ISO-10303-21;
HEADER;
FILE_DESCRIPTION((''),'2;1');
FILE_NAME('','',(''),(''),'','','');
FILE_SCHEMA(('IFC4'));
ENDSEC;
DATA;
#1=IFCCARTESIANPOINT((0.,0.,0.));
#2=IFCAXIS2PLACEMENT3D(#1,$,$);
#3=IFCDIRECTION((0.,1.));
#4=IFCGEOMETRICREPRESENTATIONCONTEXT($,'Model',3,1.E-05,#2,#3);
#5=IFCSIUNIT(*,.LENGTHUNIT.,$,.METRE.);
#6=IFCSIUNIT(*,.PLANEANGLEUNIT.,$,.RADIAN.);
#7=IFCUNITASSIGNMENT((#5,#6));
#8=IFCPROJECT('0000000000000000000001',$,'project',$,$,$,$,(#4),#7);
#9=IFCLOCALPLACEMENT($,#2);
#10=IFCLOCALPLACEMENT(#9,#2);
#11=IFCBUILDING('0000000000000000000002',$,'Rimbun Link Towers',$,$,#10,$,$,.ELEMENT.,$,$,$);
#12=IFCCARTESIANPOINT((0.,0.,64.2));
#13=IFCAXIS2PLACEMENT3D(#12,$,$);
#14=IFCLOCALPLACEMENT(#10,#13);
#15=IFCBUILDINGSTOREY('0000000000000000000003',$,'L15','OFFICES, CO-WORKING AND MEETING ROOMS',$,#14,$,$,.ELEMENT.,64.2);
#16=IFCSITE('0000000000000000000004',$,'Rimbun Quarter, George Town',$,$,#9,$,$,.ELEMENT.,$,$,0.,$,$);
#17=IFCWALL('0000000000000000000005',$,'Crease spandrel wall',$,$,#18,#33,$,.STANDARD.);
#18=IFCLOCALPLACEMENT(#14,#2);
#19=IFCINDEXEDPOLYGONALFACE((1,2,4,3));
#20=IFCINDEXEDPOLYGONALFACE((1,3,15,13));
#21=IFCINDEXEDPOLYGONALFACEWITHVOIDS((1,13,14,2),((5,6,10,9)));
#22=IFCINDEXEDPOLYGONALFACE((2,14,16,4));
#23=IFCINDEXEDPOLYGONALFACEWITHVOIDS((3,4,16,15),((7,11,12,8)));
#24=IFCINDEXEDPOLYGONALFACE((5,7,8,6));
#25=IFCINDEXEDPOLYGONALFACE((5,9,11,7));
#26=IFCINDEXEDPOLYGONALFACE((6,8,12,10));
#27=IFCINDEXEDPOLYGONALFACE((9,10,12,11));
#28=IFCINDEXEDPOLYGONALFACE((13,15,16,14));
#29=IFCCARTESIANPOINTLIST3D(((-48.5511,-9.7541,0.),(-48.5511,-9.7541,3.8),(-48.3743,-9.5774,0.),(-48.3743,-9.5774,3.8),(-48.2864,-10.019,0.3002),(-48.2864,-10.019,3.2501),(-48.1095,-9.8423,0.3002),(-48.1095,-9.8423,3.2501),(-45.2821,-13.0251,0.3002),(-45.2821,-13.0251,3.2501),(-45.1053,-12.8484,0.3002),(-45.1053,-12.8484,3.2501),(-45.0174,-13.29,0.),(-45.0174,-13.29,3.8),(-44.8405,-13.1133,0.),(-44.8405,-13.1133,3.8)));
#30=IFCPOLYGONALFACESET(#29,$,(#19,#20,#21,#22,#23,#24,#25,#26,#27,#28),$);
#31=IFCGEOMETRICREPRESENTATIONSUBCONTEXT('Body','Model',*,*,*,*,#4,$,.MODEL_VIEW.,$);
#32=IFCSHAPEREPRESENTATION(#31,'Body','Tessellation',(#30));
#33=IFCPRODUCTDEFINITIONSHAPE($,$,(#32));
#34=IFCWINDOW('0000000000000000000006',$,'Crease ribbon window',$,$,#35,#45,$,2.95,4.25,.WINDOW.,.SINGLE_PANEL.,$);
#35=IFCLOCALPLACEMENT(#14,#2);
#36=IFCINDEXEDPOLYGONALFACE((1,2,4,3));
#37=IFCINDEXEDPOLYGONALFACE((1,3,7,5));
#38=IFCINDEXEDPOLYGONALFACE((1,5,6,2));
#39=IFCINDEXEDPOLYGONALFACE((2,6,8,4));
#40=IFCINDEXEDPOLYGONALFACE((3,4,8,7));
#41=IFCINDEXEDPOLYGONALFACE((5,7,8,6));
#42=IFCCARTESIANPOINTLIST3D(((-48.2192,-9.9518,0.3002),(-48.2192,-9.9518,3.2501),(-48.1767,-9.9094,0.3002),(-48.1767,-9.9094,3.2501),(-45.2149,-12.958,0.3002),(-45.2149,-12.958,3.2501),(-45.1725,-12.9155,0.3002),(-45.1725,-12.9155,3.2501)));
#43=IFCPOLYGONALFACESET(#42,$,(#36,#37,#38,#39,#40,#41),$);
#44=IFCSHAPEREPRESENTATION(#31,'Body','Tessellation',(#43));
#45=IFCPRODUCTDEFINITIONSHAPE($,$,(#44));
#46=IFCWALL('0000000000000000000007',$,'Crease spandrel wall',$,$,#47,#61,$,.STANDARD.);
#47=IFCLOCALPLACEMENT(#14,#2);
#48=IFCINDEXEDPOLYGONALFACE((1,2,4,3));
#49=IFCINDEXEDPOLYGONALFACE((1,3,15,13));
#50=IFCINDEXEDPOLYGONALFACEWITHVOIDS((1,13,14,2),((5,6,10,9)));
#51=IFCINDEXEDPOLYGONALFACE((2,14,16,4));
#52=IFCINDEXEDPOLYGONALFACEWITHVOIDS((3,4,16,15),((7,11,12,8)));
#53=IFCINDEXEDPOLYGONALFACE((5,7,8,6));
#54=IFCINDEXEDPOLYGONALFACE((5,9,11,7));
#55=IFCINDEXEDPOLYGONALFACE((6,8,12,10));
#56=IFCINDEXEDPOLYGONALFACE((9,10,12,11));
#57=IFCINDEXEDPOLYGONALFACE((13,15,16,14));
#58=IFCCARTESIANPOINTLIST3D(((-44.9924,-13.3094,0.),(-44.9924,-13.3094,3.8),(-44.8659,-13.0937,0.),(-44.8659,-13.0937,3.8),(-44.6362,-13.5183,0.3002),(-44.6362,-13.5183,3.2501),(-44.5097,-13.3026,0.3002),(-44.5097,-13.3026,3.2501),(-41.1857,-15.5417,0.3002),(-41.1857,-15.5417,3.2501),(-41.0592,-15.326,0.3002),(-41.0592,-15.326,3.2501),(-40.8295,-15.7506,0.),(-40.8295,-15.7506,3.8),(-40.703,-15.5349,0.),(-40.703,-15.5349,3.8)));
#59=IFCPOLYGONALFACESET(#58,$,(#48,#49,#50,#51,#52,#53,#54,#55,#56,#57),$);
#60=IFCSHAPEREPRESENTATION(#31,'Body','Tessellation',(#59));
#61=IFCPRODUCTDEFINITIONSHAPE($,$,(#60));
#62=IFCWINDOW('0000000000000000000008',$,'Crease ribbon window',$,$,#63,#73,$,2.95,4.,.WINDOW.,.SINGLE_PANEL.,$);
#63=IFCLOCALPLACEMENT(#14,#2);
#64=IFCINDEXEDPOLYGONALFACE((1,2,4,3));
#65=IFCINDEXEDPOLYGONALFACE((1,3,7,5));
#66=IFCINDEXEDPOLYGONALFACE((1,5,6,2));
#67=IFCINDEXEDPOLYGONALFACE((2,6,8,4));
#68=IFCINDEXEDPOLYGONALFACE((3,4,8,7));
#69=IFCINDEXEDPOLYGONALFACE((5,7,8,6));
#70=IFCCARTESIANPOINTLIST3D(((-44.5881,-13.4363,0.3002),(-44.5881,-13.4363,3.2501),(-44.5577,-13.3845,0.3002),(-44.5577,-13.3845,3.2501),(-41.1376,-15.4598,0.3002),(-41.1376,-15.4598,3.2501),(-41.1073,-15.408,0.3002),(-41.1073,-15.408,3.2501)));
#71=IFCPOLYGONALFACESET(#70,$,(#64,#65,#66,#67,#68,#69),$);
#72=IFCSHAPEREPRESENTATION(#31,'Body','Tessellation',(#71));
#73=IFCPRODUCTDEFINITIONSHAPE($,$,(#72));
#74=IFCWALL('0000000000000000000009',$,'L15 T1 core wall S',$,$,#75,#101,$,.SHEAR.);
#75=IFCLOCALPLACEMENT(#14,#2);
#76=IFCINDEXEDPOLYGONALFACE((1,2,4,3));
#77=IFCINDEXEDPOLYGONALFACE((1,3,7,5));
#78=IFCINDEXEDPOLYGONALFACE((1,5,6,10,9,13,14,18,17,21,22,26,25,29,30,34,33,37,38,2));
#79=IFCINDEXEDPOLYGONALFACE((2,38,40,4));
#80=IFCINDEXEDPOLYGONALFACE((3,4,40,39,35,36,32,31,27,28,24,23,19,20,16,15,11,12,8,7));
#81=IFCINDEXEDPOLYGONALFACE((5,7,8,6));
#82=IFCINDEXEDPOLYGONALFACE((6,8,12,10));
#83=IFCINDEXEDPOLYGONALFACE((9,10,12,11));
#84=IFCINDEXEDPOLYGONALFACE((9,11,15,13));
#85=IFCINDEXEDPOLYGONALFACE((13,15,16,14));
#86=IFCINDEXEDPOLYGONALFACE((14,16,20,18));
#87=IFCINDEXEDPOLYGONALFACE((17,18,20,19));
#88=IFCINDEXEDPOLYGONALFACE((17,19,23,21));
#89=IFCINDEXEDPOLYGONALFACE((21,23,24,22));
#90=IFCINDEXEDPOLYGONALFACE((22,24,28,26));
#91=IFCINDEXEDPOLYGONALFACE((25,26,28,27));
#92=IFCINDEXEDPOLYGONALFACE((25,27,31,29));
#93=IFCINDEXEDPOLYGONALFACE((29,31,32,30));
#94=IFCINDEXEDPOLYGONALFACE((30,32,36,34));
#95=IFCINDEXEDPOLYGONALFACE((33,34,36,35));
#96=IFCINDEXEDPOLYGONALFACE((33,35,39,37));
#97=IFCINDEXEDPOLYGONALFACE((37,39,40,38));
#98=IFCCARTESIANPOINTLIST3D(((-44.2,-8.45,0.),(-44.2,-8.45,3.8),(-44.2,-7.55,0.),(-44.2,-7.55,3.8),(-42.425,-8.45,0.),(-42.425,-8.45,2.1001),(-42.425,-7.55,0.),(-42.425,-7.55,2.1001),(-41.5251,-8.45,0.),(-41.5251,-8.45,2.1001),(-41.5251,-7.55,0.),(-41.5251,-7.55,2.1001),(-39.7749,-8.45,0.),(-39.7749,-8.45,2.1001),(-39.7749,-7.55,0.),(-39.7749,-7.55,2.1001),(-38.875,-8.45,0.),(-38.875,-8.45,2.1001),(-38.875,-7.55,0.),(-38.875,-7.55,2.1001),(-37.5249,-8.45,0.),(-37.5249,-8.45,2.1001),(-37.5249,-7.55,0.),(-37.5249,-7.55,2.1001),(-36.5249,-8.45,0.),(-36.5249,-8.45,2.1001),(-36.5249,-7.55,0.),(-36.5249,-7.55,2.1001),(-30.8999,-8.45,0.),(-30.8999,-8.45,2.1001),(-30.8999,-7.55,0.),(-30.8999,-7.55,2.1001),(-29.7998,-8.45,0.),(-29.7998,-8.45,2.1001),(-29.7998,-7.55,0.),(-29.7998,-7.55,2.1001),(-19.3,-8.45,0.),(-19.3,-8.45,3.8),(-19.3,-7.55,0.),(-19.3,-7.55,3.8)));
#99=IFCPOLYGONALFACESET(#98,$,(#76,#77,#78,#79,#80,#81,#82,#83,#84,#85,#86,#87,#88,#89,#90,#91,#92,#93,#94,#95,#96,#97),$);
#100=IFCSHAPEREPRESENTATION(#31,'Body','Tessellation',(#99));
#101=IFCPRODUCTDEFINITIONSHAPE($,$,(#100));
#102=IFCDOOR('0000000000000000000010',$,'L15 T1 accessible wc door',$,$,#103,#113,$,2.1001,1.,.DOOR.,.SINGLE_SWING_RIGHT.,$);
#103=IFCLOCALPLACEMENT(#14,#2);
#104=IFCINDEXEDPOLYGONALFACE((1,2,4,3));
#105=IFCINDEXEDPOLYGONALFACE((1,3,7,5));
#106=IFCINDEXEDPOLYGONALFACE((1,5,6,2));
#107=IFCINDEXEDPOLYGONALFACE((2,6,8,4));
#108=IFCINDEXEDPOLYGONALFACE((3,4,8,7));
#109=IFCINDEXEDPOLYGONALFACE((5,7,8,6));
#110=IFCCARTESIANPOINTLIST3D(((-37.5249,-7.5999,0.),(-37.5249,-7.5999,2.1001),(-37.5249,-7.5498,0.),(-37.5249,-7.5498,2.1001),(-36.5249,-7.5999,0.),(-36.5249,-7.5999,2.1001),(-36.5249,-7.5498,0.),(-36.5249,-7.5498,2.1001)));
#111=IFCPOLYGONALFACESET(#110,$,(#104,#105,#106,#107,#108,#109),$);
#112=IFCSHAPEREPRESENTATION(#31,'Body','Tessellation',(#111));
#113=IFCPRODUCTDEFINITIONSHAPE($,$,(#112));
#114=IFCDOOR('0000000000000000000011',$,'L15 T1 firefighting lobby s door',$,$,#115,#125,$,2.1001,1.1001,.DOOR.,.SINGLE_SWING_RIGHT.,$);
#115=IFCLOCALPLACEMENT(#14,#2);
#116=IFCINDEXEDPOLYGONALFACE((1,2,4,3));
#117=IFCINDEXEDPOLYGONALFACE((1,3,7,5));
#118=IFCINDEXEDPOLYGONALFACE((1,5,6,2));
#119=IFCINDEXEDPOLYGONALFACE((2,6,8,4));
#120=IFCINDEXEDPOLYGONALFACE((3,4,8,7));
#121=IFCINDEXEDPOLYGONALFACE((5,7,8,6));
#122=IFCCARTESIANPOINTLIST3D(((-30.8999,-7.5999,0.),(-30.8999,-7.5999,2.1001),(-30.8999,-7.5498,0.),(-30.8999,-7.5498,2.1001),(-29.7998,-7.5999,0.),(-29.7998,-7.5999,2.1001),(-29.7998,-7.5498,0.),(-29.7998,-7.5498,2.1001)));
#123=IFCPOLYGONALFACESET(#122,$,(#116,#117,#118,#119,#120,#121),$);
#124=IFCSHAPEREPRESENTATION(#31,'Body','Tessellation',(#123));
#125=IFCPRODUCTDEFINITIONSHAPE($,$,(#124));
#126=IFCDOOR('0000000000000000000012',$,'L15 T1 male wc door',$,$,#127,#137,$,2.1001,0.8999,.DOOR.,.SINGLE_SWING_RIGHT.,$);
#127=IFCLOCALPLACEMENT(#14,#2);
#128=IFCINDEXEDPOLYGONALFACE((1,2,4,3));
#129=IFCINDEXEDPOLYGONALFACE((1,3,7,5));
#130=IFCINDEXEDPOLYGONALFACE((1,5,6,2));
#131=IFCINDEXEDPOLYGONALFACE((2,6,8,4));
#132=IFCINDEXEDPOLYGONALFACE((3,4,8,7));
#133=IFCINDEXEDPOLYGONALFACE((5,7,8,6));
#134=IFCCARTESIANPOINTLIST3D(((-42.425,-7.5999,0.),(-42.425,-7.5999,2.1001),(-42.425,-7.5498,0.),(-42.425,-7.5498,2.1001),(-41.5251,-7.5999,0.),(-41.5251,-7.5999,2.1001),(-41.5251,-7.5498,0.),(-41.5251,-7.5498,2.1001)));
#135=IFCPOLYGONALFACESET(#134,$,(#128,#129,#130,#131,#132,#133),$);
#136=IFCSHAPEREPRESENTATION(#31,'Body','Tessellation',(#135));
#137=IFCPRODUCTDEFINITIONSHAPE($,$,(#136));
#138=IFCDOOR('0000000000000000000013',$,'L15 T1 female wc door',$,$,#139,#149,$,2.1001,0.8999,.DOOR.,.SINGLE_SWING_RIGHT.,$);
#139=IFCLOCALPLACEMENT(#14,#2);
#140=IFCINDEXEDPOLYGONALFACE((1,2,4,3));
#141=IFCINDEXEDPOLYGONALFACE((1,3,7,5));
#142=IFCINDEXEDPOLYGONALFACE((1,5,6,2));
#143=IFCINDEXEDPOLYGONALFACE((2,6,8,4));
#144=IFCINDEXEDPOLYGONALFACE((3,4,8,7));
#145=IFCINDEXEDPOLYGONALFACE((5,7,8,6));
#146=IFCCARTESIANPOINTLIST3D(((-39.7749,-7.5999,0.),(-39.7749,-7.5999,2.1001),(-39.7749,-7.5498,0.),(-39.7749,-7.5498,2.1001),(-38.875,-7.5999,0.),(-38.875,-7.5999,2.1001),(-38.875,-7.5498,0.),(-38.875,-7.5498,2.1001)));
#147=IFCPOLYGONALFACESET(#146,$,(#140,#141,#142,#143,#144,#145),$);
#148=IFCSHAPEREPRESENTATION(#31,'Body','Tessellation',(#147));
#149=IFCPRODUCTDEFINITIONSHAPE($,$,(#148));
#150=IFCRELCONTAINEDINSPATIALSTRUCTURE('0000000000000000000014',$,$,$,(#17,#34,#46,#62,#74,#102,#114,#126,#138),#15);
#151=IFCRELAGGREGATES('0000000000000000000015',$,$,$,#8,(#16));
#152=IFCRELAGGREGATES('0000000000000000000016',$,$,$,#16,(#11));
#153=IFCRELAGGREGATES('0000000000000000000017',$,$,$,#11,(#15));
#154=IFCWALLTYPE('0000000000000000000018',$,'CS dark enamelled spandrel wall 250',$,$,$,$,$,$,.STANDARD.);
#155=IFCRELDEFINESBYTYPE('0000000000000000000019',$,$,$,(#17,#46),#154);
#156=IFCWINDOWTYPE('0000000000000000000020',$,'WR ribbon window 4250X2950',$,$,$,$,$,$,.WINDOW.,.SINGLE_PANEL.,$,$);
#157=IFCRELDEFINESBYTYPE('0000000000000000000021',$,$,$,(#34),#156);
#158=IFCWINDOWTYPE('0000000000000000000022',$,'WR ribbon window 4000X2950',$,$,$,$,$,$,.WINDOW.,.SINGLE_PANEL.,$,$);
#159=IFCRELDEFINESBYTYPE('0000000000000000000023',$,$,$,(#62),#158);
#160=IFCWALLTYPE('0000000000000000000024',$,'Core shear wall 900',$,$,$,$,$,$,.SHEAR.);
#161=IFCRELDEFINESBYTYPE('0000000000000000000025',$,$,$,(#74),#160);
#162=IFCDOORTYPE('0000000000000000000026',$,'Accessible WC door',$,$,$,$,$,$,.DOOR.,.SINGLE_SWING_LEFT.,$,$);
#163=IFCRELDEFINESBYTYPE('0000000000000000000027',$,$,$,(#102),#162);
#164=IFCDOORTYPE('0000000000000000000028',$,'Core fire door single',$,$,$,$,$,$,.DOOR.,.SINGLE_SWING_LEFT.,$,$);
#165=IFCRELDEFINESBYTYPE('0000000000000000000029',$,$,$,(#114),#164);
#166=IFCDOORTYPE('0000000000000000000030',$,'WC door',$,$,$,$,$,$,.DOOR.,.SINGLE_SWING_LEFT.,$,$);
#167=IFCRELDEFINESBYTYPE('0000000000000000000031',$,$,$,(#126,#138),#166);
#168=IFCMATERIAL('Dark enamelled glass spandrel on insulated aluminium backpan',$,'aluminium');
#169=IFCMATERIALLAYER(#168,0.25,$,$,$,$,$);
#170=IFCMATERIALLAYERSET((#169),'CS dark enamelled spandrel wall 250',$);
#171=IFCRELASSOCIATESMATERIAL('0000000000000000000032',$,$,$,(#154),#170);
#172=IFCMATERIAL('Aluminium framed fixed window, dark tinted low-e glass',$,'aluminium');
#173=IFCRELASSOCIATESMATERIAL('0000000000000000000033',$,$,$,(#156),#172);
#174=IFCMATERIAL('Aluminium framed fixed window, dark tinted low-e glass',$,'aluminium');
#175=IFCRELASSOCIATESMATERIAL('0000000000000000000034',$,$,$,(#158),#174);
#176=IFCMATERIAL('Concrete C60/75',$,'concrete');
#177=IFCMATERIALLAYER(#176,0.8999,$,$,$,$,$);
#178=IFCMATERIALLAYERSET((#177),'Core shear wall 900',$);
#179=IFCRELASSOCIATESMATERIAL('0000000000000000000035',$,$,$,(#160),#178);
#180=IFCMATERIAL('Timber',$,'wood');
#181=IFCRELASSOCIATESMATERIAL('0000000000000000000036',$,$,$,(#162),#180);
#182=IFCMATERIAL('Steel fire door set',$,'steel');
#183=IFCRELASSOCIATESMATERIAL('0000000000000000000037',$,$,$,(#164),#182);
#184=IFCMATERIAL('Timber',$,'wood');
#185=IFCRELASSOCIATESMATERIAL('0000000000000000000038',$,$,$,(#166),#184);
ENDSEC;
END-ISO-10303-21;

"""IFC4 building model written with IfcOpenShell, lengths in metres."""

from ifc_helpers import new_model, si_unit, direction, frame, frame_2d, origin, place, context, subcontext, project, spatial, rectangle, extrude, material, layer, layer_set, type_object, element, fill, save


model = new_model("IFC4")

# Units and contexts
model_context = context("Model", 3, precision=1e-05, world=origin(), true_north=direction((0.0, 1.0)))
body_context = subcontext(model_context, "Body", "Model", "MODEL_VIEW")
ifc_project = project(units=[si_unit("LENGTHUNIT", "METRE"), si_unit("PLANEANGLEUNIT", "RADIAN")], contexts=[model_context])

# Site, building, storey
site_placement = place(None, origin())
site = spatial("IfcSite", under=ifc_project, at=site_placement, Name="Rimbun Quarter, George Town", CompositionType="ELEMENT", RefElevation=0.0)
building_placement = place(site_placement, origin())
building = spatial("IfcBuilding", under=site, at=building_placement, Name="Rimbun Link Towers", CompositionType="ELEMENT")
storey_placement = place(building_placement, frame((0.0, 0.0, 64.2)))
storey = spatial("IfcBuildingStorey", under=building, at=storey_placement, Name="L15", Description="OFFICES, CO-WORKING AND MEETING ROOMS", CompositionType="ELEMENT", Elevation=64.2)

# Walls, openings, windows
ifc_material_1 = material(Name="Dark enamelled glass spandrel on insulated aluminium backpan", Category="aluminium")
ifc_layer_1 = layer(ifc_material_1, 0.25)
ifc_layer_set_1 = layer_set([ifc_layer_1], Name="CS dark enamelled spandrel wall 250")
wall_type_1 = type_object("IfcWallType", Name="CS dark enamelled spandrel wall 250", PredefinedType="STANDARD", material=ifc_layer_set_1)
wall_1_placement = place(storey_placement, frame((-44.929, -13.2017, 0.0), z_axis=(0.0, 0.0, 1.0), x_axis=(-0.706887, 0.707327, 0.0)))
wall_1 = element("IfcWall", 1, at=wall_1_placement, inside=storey, type_object=wall_type_1, Name="Crease spandrel wall", PredefinedType="STANDARD", context=body_context, shape_type="SweptSolid", body=[
    extrude(rectangle(XDim=4.999, YDim=0.25, at=frame_2d((2.4995, 0.0))), origin(), (0.0, 0.0, 1.0), 3.8),
])
opening_1_placement = place(wall_1_placement, frame((0.3745, 0.0, 0.3)))
opening_1 = element("IfcOpeningElement", 2, at=opening_1_placement, cuts=wall_1, PredefinedType="OPENING", context=body_context, shape_type="SweptSolid", body=[
    extrude(rectangle(XDim=4.25, YDim=2.95, at=frame_2d((2.125, 1.4751))), frame((0.0, 0.135, 0.0), z_axis=(0.0, -1.0, 0.0), x_axis=(1.0, 0.0, 0.0)), (0.0, 0.0, 1.0), 0.27),
])
ifc_material_2 = material(Name="Aluminium framed fixed window, dark tinted low-e glass", Category="aluminium")
window_type_1 = type_object("IfcWindowType", Name="WR ribbon window 4250X2950", PartitioningType="SINGLE_PANEL", PredefinedType="WINDOW", material=ifc_material_2)
window_1_placement = place(opening_1_placement, origin())
window_1 = element("IfcWindow", 3, at=window_1_placement, inside=storey, type_object=window_type_1, Name="Crease ribbon window", OverallHeight=2.95, OverallWidth=4.25, PartitioningType="SINGLE_PANEL", PredefinedType="WINDOW", context=body_context, shape_type="SweptSolid", body=[
    extrude(rectangle(XDim=4.25, YDim=2.95, at=frame_2d((2.125, 1.4751))), frame((0.0, 0.03, 0.0), z_axis=(0.0, -1.0, 0.0), x_axis=(1.0, 0.0, 0.0)), (0.0, 0.0, 1.0), 0.0601),
])
fill(opening_1, window_1)
wall_2_placement = place(storey_placement, frame((-40.7661, -15.6428, 0.0), z_axis=(0.0, 0.0, 1.0), x_axis=(-0.862619, 0.505855, 0.0)))
wall_2 = element("IfcWall", 4, at=wall_2_placement, inside=storey, type_object=wall_type_1, Name="Crease spandrel wall", PredefinedType="STANDARD", context=body_context, shape_type="SweptSolid", body=[
    extrude(rectangle(XDim=4.8259, YDim=0.25, at=frame_2d((2.4131, 0.0))), origin(), (0.0, 0.0, 1.0), 3.8),
])
opening_2_placement = place(wall_2_placement, frame((0.4131, 0.0, 0.3)))
opening_2 = element("IfcOpeningElement", 5, at=opening_2_placement, cuts=wall_2, PredefinedType="OPENING", context=body_context, shape_type="SweptSolid", body=[
    extrude(rectangle(XDim=4.0, YDim=2.95, at=frame_2d((2.0, 1.4751))), frame((0.0, 0.135, 0.0), z_axis=(0.0, -1.0, 0.0), x_axis=(1.0, 0.0, 0.0)), (0.0, 0.0, 1.0), 0.27),
])
ifc_material_3 = material(Name="Aluminium framed fixed window, dark tinted low-e glass", Category="aluminium")
window_type_2 = type_object("IfcWindowType", Name="WR ribbon window 4000X2950", PartitioningType="SINGLE_PANEL", PredefinedType="WINDOW", material=ifc_material_3)
window_2_placement = place(opening_2_placement, origin())
window_2 = element("IfcWindow", 6, at=window_2_placement, inside=storey, type_object=window_type_2, Name="Crease ribbon window", OverallHeight=2.95, OverallWidth=4.0, PartitioningType="SINGLE_PANEL", PredefinedType="WINDOW", context=body_context, shape_type="SweptSolid", body=[
    extrude(rectangle(XDim=4.0, YDim=2.95, at=frame_2d((2.0, 1.4751))), frame((0.0, 0.03, 0.0), z_axis=(0.0, -1.0, 0.0), x_axis=(1.0, 0.0, 0.0)), (0.0, 0.0, 1.0), 0.0601),
])
fill(opening_2, window_2)

# Wall, openings, doors
ifc_material_4 = material(Name="Concrete C60/75", Category="concrete")
ifc_layer_2 = layer(ifc_material_4, 0.8999)
ifc_layer_set_2 = layer_set([ifc_layer_2], Name="Core shear wall 900")
wall_type_2 = type_object("IfcWallType", Name="Core shear wall 900", PredefinedType="SHEAR", material=ifc_layer_set_2)
wall_3_placement = place(storey_placement, frame((-44.2, -8.0, 0.0), z_axis=(0.0, 0.0, 1.0), x_axis=(1.0, 0.0, 0.0)))
wall_3 = element("IfcWall", 7, at=wall_3_placement, inside=storey, type_object=wall_type_2, Name="L15 T1 core wall S", PredefinedType="SHEAR", context=body_context, shape_type="SweptSolid", body=[
    extrude(rectangle(XDim=24.8999, YDim=0.8999, at=frame_2d((12.45, 0.0))), origin(), (0.0, 0.0, 1.0), 3.8),
])
opening_3_placement = place(wall_3_placement, frame((13.3, 0.0, 0.0)))
opening_3 = element("IfcOpeningElement", 8, at=opening_3_placement, cuts=wall_3, PredefinedType="OPENING", context=body_context, shape_type="SweptSolid", body=[
    extrude(rectangle(XDim=1.1001, YDim=2.1001, at=frame_2d((0.55, 1.05))), frame((0.0, 0.46, 0.0), z_axis=(0.0, -1.0, 0.0), x_axis=(1.0, 0.0, 0.0)), (0.0, 0.0, 1.0), 0.9199),
])
opening_4_placement = place(wall_3_placement, frame((1.7749, 0.0, 0.0)))
opening_4 = element("IfcOpeningElement", 9, at=opening_4_placement, cuts=wall_3, PredefinedType="OPENING", context=body_context, shape_type="SweptSolid", body=[
    extrude(rectangle(XDim=0.8999, YDim=2.1001, at=frame_2d((0.45, 1.05))), frame((0.0, 0.46, 0.0), z_axis=(0.0, -1.0, 0.0), x_axis=(1.0, 0.0, 0.0)), (0.0, 0.0, 1.0), 0.9199),
])
opening_5_placement = place(wall_3_placement, frame((4.425, 0.0, 0.0)))
opening_5 = element("IfcOpeningElement", 10, at=opening_5_placement, cuts=wall_3, PredefinedType="OPENING", context=body_context, shape_type="SweptSolid", body=[
    extrude(rectangle(XDim=0.8999, YDim=2.1001, at=frame_2d((0.45, 1.05))), frame((0.0, 0.46, 0.0), z_axis=(0.0, -1.0, 0.0), x_axis=(1.0, 0.0, 0.0)), (0.0, 0.0, 1.0), 0.9199),
])
opening_6_placement = place(wall_3_placement, frame((6.675, 0.0, 0.0)))
opening_6 = element("IfcOpeningElement", 11, at=opening_6_placement, cuts=wall_3, PredefinedType="OPENING", context=body_context, shape_type="SweptSolid", body=[
    extrude(rectangle(XDim=1.0, YDim=2.1001, at=frame_2d((0.5, 1.05))), frame((0.0, 0.46, 0.0), z_axis=(0.0, -1.0, 0.0), x_axis=(1.0, 0.0, 0.0)), (0.0, 0.0, 1.0), 0.9199),
])
ifc_material_5 = material(Name="Timber", Category="wood")
door_type_1 = type_object("IfcDoorType", Name="Accessible WC door", OperationType="SINGLE_SWING_LEFT", PredefinedType="DOOR", material=ifc_material_5)
door_1_placement = place(opening_6_placement, origin())
door_1 = element("IfcDoor", 12, at=door_1_placement, inside=storey, type_object=door_type_1, Name="L15 T1 accessible wc door", OperationType="SINGLE_SWING_RIGHT", OverallHeight=2.1001, OverallWidth=1.0, PredefinedType="DOOR", context=body_context, shape_type="SweptSolid", body=[
    extrude(rectangle(XDim=1.0, YDim=2.1001, at=frame_2d((0.5, 1.05))), frame((0.0, 0.4502, 0.0), z_axis=(0.0, -1.0, 0.0), x_axis=(1.0, 0.0, 0.0)), (0.0, 0.0, 1.0), 0.05),
])
fill(opening_6, door_1)
ifc_material_6 = material(Name="Steel fire door set", Category="steel")
door_type_2 = type_object("IfcDoorType", Name="Core fire door single", OperationType="SINGLE_SWING_LEFT", PredefinedType="DOOR", material=ifc_material_6)
door_2_placement = place(opening_3_placement, origin())
door_2 = element("IfcDoor", 13, at=door_2_placement, inside=storey, type_object=door_type_2, Name="L15 T1 firefighting lobby s door", OperationType="SINGLE_SWING_RIGHT", OverallHeight=2.1001, OverallWidth=1.1001, PredefinedType="DOOR", context=body_context, shape_type="SweptSolid", body=[
    extrude(rectangle(XDim=1.1001, YDim=2.1001, at=frame_2d((0.55, 1.05))), frame((0.0, 0.4502, 0.0), z_axis=(0.0, -1.0, 0.0), x_axis=(1.0, 0.0, 0.0)), (0.0, 0.0, 1.0), 0.05),
])
fill(opening_3, door_2)
ifc_material_7 = material(Name="Timber", Category="wood")
door_type_3 = type_object("IfcDoorType", Name="WC door", OperationType="SINGLE_SWING_LEFT", PredefinedType="DOOR", material=ifc_material_7)
door_3_placement = place(opening_4_placement, origin())
door_3 = element("IfcDoor", 14, at=door_3_placement, inside=storey, type_object=door_type_3, Name="L15 T1 male wc door", OperationType="SINGLE_SWING_RIGHT", OverallHeight=2.1001, OverallWidth=0.8999, PredefinedType="DOOR", context=body_context, shape_type="SweptSolid", body=[
    extrude(rectangle(XDim=0.8999, YDim=2.1001, at=frame_2d((0.45, 1.05))), frame((0.0, 0.4502, 0.0), z_axis=(0.0, -1.0, 0.0), x_axis=(1.0, 0.0, 0.0)), (0.0, 0.0, 1.0), 0.05),
])
fill(opening_4, door_3)
door_4_placement = place(opening_5_placement, origin())
door_4 = element("IfcDoor", 15, at=door_4_placement, inside=storey, type_object=door_type_3, Name="L15 T1 female wc door", OperationType="SINGLE_SWING_RIGHT", OverallHeight=2.1001, OverallWidth=0.8999, PredefinedType="DOOR", context=body_context, shape_type="SweptSolid", body=[
    extrude(rectangle(XDim=0.8999, YDim=2.1001, at=frame_2d((0.45, 1.05))), frame((0.0, 0.4502, 0.0), z_axis=(0.0, -1.0, 0.0), x_axis=(1.0, 0.0, 0.0)), (0.0, 0.0, 1.0), 0.05),
])
fill(opening_5, door_4)

save(model, "model.ifc")
